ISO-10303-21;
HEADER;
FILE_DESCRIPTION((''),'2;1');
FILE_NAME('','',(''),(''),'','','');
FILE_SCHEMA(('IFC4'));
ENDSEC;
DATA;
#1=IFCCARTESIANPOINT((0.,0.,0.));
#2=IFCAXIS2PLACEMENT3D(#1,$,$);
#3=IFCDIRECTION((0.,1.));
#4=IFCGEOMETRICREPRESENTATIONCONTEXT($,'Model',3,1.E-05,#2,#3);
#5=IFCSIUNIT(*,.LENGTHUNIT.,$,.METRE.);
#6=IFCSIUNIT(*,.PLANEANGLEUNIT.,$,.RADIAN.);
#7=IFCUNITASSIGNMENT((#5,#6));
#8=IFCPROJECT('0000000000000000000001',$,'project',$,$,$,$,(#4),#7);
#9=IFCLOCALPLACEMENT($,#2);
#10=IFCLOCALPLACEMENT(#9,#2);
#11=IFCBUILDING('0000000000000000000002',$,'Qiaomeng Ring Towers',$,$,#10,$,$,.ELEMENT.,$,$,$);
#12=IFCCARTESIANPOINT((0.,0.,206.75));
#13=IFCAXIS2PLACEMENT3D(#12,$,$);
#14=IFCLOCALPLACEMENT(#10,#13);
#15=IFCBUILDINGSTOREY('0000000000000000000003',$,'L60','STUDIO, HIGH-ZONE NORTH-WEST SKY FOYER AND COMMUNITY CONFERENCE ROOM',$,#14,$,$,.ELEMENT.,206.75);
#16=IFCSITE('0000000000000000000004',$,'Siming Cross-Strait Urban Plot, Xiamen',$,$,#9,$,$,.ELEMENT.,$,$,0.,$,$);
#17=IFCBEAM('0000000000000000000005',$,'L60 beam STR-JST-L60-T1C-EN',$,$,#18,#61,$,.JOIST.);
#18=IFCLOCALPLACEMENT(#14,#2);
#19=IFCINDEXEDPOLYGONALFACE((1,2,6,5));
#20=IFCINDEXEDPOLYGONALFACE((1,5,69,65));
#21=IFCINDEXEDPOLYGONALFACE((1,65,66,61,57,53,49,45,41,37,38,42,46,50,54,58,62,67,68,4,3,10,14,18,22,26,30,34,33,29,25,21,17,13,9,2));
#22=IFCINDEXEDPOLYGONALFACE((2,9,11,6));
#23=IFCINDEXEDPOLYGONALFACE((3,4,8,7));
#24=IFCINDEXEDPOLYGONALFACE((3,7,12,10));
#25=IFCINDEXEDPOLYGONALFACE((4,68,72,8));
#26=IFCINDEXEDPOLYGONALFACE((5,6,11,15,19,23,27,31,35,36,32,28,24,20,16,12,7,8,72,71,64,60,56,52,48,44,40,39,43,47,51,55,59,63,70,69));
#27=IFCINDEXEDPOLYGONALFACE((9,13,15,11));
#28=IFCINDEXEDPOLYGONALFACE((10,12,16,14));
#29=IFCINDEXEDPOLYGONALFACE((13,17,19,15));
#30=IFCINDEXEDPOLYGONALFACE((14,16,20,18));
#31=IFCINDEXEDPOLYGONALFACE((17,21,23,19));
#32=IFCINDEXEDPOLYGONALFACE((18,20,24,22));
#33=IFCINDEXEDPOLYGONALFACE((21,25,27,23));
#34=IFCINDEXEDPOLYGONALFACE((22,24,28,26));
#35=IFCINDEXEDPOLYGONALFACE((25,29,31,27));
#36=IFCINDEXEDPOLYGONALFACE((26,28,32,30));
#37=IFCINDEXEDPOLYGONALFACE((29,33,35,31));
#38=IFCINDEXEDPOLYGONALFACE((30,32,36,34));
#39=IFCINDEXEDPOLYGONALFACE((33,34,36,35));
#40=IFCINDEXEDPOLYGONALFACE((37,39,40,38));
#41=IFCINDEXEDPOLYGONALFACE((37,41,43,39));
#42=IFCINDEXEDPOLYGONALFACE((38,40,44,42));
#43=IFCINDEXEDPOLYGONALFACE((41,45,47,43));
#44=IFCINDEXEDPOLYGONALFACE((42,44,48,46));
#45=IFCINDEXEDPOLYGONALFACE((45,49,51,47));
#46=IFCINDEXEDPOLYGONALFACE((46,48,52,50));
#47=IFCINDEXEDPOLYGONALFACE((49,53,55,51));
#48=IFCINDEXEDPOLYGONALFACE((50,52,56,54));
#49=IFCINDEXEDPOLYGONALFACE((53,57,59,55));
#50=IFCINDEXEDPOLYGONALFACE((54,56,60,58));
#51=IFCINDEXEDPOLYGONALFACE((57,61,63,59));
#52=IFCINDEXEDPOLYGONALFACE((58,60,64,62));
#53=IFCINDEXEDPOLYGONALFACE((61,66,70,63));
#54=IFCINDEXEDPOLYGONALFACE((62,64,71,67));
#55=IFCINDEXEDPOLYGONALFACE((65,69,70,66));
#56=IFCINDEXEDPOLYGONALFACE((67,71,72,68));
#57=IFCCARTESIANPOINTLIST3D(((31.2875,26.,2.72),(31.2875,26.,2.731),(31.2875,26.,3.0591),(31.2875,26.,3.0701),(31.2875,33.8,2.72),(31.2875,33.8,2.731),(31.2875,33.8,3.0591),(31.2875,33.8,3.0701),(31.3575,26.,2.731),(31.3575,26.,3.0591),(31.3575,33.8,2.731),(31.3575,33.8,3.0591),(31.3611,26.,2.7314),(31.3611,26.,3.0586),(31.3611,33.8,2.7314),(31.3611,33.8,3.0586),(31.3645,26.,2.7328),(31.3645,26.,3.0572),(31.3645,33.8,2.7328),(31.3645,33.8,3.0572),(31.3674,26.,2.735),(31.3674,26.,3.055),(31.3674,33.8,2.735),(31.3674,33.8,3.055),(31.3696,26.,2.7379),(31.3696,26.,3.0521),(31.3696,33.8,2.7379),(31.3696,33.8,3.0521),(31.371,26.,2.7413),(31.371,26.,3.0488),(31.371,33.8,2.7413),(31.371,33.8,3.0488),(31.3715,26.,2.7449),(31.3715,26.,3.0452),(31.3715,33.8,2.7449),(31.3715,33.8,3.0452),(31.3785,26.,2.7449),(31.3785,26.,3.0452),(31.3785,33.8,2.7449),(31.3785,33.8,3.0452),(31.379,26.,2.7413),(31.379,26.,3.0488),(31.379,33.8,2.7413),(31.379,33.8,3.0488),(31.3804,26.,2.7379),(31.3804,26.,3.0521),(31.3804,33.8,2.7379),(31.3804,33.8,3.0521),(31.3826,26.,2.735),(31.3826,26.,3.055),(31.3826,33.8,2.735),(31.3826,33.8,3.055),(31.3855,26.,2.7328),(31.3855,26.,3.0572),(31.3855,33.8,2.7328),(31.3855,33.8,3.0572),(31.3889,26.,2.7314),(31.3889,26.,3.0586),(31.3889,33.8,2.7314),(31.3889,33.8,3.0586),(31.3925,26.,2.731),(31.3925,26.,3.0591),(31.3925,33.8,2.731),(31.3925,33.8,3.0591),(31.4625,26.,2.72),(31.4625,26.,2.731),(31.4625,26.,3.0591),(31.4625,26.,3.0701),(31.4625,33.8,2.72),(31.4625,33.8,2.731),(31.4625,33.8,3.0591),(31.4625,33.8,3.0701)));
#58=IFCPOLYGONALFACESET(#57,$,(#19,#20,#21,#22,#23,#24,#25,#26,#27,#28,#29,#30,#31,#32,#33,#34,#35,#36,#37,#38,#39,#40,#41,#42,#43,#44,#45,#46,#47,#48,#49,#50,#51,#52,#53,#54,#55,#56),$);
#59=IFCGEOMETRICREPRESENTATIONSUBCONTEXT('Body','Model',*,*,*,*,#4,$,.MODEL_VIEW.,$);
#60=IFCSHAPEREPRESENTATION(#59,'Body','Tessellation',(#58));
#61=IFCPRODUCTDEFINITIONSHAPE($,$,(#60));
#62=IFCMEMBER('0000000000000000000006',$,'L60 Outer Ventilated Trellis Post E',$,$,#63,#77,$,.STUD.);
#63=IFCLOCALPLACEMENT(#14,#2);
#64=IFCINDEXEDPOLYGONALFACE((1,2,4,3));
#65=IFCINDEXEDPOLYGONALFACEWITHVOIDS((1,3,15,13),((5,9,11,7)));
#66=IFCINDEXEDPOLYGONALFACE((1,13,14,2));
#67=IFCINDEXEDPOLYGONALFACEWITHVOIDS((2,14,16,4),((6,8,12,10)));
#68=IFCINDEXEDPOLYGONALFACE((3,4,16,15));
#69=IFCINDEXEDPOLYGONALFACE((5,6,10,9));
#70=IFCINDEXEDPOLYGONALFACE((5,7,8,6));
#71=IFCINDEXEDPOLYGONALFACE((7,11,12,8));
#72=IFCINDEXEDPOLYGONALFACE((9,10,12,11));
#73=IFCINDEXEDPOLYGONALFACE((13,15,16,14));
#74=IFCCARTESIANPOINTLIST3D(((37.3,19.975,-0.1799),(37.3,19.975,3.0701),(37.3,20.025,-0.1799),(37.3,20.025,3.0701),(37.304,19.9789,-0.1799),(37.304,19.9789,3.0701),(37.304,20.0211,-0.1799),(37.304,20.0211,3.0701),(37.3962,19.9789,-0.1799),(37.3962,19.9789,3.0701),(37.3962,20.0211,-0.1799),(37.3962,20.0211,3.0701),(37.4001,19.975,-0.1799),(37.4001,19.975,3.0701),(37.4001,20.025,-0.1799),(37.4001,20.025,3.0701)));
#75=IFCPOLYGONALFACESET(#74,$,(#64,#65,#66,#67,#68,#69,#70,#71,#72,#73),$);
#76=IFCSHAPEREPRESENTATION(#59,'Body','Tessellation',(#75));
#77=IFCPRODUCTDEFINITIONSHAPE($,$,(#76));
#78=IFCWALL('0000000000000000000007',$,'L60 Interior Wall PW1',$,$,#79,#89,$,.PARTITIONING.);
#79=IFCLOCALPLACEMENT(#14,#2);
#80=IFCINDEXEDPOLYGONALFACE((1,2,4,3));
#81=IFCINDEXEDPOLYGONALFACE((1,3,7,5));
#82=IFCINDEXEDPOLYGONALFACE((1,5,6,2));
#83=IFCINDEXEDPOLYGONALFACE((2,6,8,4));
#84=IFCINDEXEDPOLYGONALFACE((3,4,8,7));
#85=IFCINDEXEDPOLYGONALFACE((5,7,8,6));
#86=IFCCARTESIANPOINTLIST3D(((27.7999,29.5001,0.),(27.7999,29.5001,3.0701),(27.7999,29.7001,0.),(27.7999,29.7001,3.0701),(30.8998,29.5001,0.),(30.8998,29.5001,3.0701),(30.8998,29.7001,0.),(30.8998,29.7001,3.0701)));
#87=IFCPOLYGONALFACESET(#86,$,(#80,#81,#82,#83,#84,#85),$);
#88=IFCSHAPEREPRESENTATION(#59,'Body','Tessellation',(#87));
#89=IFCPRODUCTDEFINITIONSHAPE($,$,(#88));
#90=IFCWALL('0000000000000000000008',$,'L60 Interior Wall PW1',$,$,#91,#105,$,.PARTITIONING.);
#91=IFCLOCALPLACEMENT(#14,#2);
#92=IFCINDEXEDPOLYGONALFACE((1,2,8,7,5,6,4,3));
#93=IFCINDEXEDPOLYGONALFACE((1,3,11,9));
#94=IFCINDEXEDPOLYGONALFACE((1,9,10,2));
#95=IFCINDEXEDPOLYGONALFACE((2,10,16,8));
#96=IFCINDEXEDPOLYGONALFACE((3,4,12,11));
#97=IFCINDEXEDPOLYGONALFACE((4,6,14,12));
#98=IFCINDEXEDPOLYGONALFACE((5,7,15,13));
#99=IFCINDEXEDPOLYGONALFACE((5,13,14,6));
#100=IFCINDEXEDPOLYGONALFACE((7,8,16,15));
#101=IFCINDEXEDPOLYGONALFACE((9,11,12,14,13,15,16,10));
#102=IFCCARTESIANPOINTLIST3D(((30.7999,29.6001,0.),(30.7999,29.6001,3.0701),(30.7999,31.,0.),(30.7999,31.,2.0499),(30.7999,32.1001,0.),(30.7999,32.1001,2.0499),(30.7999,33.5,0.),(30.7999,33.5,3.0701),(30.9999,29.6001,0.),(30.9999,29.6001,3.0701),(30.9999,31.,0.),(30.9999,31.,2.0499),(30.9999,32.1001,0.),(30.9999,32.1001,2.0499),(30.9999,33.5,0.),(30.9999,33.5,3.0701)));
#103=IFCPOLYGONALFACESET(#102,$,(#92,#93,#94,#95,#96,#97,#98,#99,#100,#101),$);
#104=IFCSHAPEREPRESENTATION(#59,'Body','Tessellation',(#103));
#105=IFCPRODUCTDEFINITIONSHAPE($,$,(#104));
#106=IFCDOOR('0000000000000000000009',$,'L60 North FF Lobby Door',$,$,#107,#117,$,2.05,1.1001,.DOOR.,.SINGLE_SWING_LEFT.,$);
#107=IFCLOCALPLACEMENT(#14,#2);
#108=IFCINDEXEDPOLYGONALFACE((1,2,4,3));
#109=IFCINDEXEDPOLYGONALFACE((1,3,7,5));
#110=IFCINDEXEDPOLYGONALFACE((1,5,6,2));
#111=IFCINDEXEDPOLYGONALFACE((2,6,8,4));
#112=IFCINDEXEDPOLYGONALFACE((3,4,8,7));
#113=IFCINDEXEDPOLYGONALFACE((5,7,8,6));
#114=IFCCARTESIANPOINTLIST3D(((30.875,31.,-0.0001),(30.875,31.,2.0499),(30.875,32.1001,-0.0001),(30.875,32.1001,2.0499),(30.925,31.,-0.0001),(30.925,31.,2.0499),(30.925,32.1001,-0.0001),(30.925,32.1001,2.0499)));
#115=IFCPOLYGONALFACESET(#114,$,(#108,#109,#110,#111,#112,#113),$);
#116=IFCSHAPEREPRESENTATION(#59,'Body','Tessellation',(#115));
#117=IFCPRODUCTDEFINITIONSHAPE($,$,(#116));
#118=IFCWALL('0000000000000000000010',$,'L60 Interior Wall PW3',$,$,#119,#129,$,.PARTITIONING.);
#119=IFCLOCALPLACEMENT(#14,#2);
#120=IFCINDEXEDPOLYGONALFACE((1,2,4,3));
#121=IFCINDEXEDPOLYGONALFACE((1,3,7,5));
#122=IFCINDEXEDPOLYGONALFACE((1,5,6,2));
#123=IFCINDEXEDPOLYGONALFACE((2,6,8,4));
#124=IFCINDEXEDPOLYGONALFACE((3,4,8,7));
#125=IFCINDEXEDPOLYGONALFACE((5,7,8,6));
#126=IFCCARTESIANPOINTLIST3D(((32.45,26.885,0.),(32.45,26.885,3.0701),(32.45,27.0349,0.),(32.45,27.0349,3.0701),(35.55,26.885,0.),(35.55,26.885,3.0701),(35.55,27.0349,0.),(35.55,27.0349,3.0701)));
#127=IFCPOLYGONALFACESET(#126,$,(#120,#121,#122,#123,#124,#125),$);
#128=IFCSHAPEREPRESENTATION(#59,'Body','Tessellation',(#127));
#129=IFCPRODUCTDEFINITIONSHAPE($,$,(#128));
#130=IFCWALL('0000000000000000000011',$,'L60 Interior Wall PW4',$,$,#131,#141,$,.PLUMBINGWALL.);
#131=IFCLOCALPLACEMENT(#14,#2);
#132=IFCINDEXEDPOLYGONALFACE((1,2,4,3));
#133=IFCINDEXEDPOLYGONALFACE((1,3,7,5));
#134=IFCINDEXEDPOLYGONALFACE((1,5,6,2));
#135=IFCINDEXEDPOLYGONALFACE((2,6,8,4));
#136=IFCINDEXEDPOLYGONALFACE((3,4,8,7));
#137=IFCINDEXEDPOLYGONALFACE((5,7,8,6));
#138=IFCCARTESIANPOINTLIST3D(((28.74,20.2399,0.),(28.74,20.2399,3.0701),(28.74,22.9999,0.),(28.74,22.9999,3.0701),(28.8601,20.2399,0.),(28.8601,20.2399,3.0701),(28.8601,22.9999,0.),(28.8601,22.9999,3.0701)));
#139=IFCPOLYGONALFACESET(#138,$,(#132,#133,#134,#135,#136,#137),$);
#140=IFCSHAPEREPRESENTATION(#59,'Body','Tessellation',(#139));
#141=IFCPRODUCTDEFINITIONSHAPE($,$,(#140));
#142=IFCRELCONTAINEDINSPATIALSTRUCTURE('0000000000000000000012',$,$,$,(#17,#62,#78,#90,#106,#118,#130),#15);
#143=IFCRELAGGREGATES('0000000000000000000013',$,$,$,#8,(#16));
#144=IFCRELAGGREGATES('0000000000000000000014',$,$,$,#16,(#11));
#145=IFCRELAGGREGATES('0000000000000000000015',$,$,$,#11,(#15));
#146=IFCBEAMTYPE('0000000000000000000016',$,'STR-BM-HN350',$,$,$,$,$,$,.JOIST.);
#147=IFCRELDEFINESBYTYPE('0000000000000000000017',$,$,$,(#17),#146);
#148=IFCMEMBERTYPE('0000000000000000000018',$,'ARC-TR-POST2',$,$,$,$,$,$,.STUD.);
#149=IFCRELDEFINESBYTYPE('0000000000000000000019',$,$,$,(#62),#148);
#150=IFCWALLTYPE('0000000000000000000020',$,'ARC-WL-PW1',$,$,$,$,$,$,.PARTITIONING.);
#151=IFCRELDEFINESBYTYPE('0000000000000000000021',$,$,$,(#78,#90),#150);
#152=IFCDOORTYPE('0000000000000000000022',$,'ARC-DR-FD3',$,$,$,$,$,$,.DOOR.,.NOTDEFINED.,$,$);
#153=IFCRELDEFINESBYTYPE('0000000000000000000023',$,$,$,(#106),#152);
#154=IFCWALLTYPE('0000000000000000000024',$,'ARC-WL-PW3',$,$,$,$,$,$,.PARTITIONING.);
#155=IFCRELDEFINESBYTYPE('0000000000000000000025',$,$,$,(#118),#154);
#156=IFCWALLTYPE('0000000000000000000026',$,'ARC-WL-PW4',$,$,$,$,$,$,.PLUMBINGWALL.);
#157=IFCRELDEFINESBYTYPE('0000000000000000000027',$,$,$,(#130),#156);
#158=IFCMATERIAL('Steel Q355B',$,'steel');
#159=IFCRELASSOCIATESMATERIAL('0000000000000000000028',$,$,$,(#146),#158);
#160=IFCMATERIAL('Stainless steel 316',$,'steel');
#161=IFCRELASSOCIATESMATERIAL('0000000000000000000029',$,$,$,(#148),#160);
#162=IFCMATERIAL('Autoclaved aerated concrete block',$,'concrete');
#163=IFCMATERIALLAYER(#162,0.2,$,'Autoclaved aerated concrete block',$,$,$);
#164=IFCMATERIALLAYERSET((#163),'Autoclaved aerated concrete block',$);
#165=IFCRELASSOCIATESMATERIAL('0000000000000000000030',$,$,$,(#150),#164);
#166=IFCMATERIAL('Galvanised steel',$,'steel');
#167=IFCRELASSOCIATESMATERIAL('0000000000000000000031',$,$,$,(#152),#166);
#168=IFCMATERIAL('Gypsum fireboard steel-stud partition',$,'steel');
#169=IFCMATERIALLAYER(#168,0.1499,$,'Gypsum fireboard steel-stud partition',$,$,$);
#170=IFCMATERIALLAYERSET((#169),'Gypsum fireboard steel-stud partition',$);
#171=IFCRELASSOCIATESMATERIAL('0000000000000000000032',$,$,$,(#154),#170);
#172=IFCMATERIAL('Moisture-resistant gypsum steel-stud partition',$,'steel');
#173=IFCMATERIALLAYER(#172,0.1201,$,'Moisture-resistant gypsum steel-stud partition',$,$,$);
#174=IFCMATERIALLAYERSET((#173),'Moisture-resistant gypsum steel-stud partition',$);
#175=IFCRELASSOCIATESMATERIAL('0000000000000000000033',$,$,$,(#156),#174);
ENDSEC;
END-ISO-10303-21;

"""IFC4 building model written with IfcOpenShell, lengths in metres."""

from ifc_helpers import new_model, si_unit, direction, frame, frame_2d, origin, origin_2d, place, context, subcontext, project, spatial, rectangle, hollow_rectangle, i_section, extrude, source, transform, mapped, material, layer, layer_set, material_profile, profile_set, type_object, element, fill, save


model = new_model("IFC4")

# Units and contexts
model_context = context("Model", 3, precision=1e-05, world=origin(), true_north=direction((0.0, 1.0)))
body_context = subcontext(model_context, "Body", "Model", "MODEL_VIEW")
ifc_project = project(units=[si_unit("LENGTHUNIT", "METRE"), si_unit("PLANEANGLEUNIT", "RADIAN")], contexts=[model_context])

# Site, building, storey
site_placement = place(None, origin())
site = spatial("IfcSite", under=ifc_project, at=site_placement, Name="Siming Cross-Strait Urban Plot, Xiamen", CompositionType="ELEMENT", RefElevation=0.0)
building_placement = place(site_placement, origin())
building = spatial("IfcBuilding", under=site, at=building_placement, Name="Qiaomeng Ring Towers", CompositionType="ELEMENT")
storey_placement = place(building_placement, frame((0.0, 0.0, 206.75)))
storey = spatial("IfcBuildingStorey", under=building, at=storey_placement, Name="L60", Description="STUDIO, HIGH-ZONE NORTH-WEST SKY FOYER AND COMMUNITY CONFERENCE ROOM", CompositionType="ELEMENT", Elevation=206.75)

# Beam
ifc_material_1 = material(Name="Steel Q355B", Category="steel")
ifc_material_profile_1 = material_profile(ifc_material_1, i_section(OverallWidth=0.175, OverallDepth=0.3501, WebThickness=0.0071, FlangeThickness=0.011, FilletRadius=0.0139, at=origin_2d()), Name="HN 350x175x7x11")
ifc_profile_set_1 = profile_set([ifc_material_profile_1], Name="Steel Q355B")
beam_type_1 = type_object("IfcBeamType", Name="STR-BM-HN350", PredefinedType="JOIST", material=ifc_profile_set_1)
shared_shape_1 = source(origin(), body_context, "Body", "SweptSolid", [
    extrude(i_section(OverallWidth=0.175, OverallDepth=0.3501, WebThickness=0.0071, FlangeThickness=0.011, FilletRadius=0.0139, at=origin_2d()), origin(), (0.0, 0.0, 1.0), 7.8),
])
beam_1_placement = place(storey_placement, frame((31.375, 26.0, 2.895), z_axis=(0.0, 1.0, 0.0), x_axis=(-1.0, 0.0, 0.0)))
element("IfcBeam", 1, at=beam_1_placement, inside=storey, type_object=beam_type_1, Name="L60 beam STR-JST-L60-T1C-EN", PredefinedType="JOIST", context=body_context, shape_type="MappedRepresentation", body=[
    mapped(shared_shape_1, transform((0.0, 0.0, 0.0), x_axis=(1.0, 0.0, 0.0), y_axis=(0.0, 1.0, 0.0), z_axis=(0.0, 0.0, 1.0), scale=1.0)),
])

# Member
ifc_material_2 = material(Name="Stainless steel 316", Category="steel")
ifc_material_profile_2 = material_profile(ifc_material_2, hollow_rectangle(XDim=0.05, YDim=0.1001, WallThickness=0.0039, at=origin_2d()), Name="SS TRELLIS 100x50")
ifc_profile_set_2 = profile_set([ifc_material_profile_2], Name="Stainless steel 316")
member_type = type_object("IfcMemberType", Name="ARC-TR-POST2", PredefinedType="STUD", material=ifc_profile_set_2)
shared_shape_2 = source(origin(), body_context, "Body", "SweptSolid", [
    extrude(hollow_rectangle(XDim=0.05, YDim=0.1001, WallThickness=0.0039, at=origin_2d()), origin(), (0.0, 0.0, 1.0), 3.25),
])
member_placement = place(storey_placement, frame((37.3501, 20.0, -0.1799), z_axis=(0.0, 0.0, 1.0), x_axis=(0.0, 1.0, 0.0)))
element("IfcMember", 2, at=member_placement, inside=storey, type_object=member_type, Name="L60 Outer Ventilated Trellis Post E", PredefinedType="STUD", context=body_context, shape_type="MappedRepresentation", body=[
    mapped(shared_shape_2, transform((0.0, 0.0, 0.0), x_axis=(1.0, 0.0, 0.0), y_axis=(0.0, 1.0, 0.0), z_axis=(0.0, 0.0, 1.0), scale=1.0)),
])

# Wall
ifc_material_3 = material(Name="Autoclaved aerated concrete block", Category="concrete")
ifc_layer_1 = layer(ifc_material_3, 0.2, Name="Autoclaved aerated concrete block")
ifc_layer_set_1 = layer_set([ifc_layer_1], Name="Autoclaved aerated concrete block")
wall_type_1 = type_object("IfcWallType", Name="ARC-WL-PW1", PredefinedType="PARTITIONING", material=ifc_layer_set_1)
wall_1_placement = place(storey_placement, frame((27.8, 29.6001, 0.0), z_axis=(0.0, 0.0, 1.0), x_axis=(1.0, 0.0, 0.0)))
element("IfcWall", 3, at=wall_1_placement, inside=storey, type_object=wall_type_1, Name="L60 Interior Wall PW1", PredefinedType="PARTITIONING", context=body_context, shape_type="SweptSolid", body=[
    extrude(rectangle(XDim=3.0999, YDim=0.2, at=frame_2d((1.5498, 0.0))), origin(), (0.0, 0.0, 1.0), 3.0701),
])

# Wall, opening, door
wall_2_placement = place(storey_placement, frame((30.8999, 29.6001, 0.0), z_axis=(0.0, 0.0, 1.0), x_axis=(0.0, 1.0, 0.0)))
wall_2 = element("IfcWall", 4, at=wall_2_placement, inside=storey, type_object=wall_type_1, Name="L60 Interior Wall PW1", PredefinedType="PARTITIONING", context=body_context, shape_type="SweptSolid", body=[
    extrude(rectangle(XDim=3.8999, YDim=0.2, at=frame_2d((1.95, 0.0))), origin(), (0.0, 0.0, 1.0), 3.0701),
])
opening_1_placement = place(wall_2_placement, frame((1.3999, 0.0, 0.0)))
opening_1 = element("IfcOpeningElement", 5, at=opening_1_placement, cuts=wall_2, PredefinedType="OPENING", context=body_context, shape_type="SweptSolid", body=[
    extrude(rectangle(XDim=1.1001, YDim=2.05, at=frame_2d((0.55, 1.0249))), frame((0.0, 0.1099, 0.0), z_axis=(0.0, -1.0, 0.0), x_axis=(1.0, 0.0, 0.0)), (0.0, 0.0, 1.0), 0.22),
])
ifc_material_4 = material(Name="Galvanised steel", Category="steel")
door_type_1 = type_object("IfcDoorType", Name="ARC-DR-FD3", OperationType="NOTDEFINED", PredefinedType="DOOR", material=ifc_material_4)
shared_shape_3 = source(origin(), body_context, "Body", "SweptSolid", [
    extrude(rectangle(XDim=1.1001, YDim=2.05, at=frame_2d((0.55, 1.0249))), frame((0.0, 0.0249, 0.0), z_axis=(0.0, -1.0, 0.0), x_axis=(1.0, 0.0, 0.0)), (0.0, 0.0, 1.0), 0.05),
])
door_1_placement = place(opening_1_placement, origin())
door_1 = element("IfcDoor", 6, at=door_1_placement, inside=storey, type_object=door_type_1, Name="L60 North FF Lobby Door", OperationType="SINGLE_SWING_LEFT", OverallHeight=2.05, OverallWidth=1.1001, PredefinedType="DOOR", context=body_context, shape_type="MappedRepresentation", body=[
    mapped(shared_shape_3, transform((0.0, 0.0, 0.0), x_axis=(1.0, 0.0, 0.0), y_axis=(0.0, 1.0, 0.0), z_axis=(0.0, 0.0, 1.0), scale=1.0)),
])
fill(opening_1, door_1)

# Walls
ifc_material_5 = material(Name="Gypsum fireboard steel-stud partition", Category="steel")
ifc_layer_2 = layer(ifc_material_5, 0.1499, Name="Gypsum fireboard steel-stud partition")
ifc_layer_set_2 = layer_set([ifc_layer_2], Name="Gypsum fireboard steel-stud partition")
wall_type_2 = type_object("IfcWallType", Name="ARC-WL-PW3", PredefinedType="PARTITIONING", material=ifc_layer_set_2)
wall_3_placement = place(storey_placement, frame((32.45, 26.96, 0.0), z_axis=(0.0, 0.0, 1.0), x_axis=(1.0, 0.0, 0.0)))
element("IfcWall", 7, at=wall_3_placement, inside=storey, type_object=wall_type_2, Name="L60 Interior Wall PW3", PredefinedType="PARTITIONING", context=body_context, shape_type="SweptSolid", body=[
    extrude(rectangle(XDim=3.1001, YDim=0.1499, at=frame_2d((1.55, 0.0))), origin(), (0.0, 0.0, 1.0), 3.0701),
])
ifc_material_6 = material(Name="Moisture-resistant gypsum steel-stud partition", Category="steel")
ifc_layer_3 = layer(ifc_material_6, 0.1201, Name="Moisture-resistant gypsum steel-stud partition")
ifc_layer_set_3 = layer_set([ifc_layer_3], Name="Moisture-resistant gypsum steel-stud partition")
wall_type_3 = type_object("IfcWallType", Name="ARC-WL-PW4", PredefinedType="PLUMBINGWALL", material=ifc_layer_set_3)
wall_4_placement = place(storey_placement, frame((28.8, 20.24, 0.0), z_axis=(0.0, 0.0, 1.0), x_axis=(0.0, 1.0, 0.0)))
element("IfcWall", 8, at=wall_4_placement, inside=storey, type_object=wall_type_3, Name="L60 Interior Wall PW4", PredefinedType="PLUMBINGWALL", context=body_context, shape_type="SweptSolid", body=[
    extrude(rectangle(XDim=2.76, YDim=0.1201, at=frame_2d((1.3799, 0.0))), origin(), (0.0, 0.0, 1.0), 3.0701),
])

save(model, "model.ifc")
